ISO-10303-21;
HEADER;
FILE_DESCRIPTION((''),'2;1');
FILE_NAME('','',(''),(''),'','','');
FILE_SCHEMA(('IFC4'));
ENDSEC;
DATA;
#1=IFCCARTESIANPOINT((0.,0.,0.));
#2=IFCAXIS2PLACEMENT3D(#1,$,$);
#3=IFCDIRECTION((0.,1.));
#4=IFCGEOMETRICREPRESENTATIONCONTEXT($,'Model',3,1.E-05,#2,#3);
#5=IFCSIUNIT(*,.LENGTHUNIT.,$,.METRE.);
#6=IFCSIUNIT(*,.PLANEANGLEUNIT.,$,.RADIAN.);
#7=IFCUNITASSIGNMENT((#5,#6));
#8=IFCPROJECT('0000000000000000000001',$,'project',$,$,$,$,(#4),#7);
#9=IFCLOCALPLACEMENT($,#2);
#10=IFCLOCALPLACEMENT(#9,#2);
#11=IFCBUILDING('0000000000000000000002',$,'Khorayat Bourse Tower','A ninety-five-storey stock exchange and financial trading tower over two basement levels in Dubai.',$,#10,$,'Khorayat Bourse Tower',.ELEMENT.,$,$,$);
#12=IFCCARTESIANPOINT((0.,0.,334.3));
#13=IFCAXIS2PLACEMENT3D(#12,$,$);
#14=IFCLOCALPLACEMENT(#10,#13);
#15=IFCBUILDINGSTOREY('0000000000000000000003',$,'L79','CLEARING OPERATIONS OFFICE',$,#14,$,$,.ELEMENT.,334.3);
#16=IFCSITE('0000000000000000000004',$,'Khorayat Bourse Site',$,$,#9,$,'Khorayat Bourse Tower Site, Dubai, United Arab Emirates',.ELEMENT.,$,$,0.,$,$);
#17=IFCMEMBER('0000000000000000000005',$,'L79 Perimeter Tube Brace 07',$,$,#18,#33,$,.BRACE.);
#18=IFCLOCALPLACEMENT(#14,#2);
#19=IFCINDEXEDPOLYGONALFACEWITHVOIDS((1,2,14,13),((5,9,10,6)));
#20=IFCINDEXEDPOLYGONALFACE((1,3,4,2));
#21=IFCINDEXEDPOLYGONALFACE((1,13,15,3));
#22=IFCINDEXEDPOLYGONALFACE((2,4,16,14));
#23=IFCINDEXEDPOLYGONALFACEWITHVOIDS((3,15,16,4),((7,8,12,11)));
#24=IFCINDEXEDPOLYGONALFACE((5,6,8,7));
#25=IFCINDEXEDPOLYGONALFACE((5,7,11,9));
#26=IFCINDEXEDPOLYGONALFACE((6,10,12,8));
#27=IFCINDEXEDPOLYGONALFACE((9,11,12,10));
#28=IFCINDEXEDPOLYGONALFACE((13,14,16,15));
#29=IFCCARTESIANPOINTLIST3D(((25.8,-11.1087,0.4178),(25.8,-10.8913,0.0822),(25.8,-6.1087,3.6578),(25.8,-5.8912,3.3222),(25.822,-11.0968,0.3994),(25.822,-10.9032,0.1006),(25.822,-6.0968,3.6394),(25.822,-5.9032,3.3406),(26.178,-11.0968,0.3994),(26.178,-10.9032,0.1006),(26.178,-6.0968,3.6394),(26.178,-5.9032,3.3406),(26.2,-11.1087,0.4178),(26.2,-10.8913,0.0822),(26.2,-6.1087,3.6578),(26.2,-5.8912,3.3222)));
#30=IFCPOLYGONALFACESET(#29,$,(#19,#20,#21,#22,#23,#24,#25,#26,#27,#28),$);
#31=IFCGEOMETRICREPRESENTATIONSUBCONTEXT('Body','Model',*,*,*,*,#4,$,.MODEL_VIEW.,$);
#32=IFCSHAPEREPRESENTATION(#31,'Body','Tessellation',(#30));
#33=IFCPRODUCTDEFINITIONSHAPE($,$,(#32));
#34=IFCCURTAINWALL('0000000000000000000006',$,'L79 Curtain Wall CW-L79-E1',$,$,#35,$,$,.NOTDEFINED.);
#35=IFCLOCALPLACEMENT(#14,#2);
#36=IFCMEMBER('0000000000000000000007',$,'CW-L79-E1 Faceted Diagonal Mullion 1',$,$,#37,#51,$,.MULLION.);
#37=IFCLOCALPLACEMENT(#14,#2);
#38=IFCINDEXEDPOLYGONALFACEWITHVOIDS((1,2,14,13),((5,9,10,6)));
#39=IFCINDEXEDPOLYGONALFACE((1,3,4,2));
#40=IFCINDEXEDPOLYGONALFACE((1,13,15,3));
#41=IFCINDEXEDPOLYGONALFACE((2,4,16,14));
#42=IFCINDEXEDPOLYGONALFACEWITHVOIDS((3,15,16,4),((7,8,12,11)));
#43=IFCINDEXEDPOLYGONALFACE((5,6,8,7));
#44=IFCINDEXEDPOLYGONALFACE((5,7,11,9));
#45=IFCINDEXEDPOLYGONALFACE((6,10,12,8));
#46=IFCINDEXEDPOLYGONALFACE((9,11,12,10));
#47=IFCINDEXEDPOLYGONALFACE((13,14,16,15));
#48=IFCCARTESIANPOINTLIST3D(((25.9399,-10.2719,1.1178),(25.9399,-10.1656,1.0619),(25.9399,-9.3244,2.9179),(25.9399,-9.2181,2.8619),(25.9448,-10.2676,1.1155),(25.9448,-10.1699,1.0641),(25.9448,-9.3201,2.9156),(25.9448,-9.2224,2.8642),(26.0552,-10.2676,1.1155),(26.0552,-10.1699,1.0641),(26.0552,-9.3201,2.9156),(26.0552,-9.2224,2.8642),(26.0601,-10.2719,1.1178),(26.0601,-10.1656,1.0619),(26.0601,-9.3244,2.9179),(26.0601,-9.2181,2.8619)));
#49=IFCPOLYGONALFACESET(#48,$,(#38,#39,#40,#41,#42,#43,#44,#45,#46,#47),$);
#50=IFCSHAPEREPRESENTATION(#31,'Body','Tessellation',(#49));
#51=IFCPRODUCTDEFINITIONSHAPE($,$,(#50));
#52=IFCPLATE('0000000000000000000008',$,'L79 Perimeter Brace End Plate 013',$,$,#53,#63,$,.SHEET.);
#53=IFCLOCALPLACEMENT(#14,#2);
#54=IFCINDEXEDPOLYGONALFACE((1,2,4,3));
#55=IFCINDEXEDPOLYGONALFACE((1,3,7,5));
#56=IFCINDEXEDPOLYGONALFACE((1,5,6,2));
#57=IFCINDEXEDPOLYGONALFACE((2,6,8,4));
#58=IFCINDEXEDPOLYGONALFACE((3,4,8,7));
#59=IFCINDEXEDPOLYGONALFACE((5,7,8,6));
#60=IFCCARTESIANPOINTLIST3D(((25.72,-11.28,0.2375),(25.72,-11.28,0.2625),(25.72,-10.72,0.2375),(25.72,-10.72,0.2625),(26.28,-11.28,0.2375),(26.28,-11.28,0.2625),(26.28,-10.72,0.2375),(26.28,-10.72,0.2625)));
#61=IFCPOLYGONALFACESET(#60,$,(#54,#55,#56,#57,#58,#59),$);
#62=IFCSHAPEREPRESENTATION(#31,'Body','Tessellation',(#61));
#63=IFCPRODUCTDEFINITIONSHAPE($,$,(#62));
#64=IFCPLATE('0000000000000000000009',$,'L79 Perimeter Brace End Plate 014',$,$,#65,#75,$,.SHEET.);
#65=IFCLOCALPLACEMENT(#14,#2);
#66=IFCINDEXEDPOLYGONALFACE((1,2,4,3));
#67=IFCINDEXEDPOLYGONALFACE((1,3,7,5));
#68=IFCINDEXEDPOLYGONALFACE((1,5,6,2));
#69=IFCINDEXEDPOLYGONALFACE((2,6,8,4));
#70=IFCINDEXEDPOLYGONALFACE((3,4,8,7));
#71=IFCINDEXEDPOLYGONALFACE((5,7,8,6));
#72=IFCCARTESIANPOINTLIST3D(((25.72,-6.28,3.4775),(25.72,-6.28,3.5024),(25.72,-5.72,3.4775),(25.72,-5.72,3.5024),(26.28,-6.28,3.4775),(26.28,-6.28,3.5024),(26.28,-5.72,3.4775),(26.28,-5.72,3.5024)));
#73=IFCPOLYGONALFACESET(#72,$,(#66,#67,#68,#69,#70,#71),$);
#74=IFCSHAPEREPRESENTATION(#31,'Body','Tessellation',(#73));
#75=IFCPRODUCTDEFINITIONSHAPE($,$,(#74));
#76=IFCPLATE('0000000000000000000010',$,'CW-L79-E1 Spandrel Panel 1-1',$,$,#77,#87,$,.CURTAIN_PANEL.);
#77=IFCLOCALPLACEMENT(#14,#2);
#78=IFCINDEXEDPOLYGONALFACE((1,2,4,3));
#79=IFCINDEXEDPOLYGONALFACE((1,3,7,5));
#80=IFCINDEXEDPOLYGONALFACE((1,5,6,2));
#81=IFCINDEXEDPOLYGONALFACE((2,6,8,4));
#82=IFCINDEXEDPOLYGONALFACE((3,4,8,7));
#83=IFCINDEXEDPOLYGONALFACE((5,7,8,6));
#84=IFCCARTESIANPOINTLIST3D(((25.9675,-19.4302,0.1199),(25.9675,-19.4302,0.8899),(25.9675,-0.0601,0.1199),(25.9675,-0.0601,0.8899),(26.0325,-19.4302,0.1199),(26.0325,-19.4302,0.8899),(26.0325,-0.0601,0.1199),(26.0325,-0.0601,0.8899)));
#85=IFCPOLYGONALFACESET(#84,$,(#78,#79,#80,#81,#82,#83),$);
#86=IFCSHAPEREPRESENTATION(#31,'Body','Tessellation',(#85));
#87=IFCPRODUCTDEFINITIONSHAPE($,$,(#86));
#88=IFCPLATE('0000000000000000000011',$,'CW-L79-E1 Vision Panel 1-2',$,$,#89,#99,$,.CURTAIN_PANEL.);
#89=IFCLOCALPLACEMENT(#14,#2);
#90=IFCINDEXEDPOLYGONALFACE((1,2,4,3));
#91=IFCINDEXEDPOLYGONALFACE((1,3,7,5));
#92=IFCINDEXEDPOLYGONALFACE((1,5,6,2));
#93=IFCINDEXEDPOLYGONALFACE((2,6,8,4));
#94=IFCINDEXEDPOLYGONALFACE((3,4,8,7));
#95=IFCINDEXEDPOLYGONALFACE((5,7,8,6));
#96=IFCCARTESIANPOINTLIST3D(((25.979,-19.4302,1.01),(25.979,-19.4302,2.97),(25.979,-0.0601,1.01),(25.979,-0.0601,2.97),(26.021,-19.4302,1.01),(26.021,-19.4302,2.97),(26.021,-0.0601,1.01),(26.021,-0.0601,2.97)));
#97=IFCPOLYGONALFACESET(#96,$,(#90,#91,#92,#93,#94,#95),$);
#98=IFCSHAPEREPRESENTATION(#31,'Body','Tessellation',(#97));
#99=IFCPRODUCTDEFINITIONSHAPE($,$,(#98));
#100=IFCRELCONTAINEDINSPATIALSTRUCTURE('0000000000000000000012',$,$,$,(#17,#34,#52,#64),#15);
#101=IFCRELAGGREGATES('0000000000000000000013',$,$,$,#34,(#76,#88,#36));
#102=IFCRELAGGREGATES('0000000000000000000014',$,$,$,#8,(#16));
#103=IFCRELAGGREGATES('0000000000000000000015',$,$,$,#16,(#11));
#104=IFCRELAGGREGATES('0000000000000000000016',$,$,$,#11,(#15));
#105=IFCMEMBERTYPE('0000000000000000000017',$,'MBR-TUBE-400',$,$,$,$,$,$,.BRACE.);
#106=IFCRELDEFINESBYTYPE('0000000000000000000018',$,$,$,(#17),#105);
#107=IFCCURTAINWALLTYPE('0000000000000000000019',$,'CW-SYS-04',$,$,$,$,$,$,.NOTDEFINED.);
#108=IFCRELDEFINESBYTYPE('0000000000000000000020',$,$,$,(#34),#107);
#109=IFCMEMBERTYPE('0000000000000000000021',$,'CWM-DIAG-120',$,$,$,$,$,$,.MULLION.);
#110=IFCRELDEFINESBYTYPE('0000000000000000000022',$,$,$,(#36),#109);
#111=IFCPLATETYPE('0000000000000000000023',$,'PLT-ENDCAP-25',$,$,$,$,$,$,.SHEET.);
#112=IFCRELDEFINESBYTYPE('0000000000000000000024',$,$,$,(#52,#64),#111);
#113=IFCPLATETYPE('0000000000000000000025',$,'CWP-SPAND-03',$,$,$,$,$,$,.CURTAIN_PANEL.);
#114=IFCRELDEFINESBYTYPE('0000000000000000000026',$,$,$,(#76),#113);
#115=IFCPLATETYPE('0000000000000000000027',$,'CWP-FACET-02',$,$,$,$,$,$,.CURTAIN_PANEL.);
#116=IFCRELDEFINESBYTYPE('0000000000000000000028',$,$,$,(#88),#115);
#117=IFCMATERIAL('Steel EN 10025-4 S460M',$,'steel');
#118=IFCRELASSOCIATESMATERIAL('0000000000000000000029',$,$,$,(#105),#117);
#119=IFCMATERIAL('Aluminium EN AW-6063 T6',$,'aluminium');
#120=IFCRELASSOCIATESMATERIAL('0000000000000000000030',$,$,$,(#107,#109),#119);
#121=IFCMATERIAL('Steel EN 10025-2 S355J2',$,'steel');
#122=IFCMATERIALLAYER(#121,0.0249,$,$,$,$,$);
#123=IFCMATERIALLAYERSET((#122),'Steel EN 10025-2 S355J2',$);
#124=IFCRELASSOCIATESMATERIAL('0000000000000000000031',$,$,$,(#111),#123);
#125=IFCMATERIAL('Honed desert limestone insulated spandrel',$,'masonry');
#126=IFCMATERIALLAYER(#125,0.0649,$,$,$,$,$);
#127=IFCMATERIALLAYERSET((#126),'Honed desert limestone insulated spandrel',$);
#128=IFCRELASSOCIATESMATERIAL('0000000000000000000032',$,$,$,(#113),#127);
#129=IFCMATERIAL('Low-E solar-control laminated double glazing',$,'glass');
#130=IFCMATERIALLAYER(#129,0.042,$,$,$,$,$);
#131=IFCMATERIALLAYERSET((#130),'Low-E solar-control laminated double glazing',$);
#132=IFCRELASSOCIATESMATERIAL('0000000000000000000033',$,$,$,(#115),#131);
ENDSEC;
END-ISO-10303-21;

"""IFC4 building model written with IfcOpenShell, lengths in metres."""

from ifc_helpers import new_model, si_unit, direction, frame, origin, origin_2d, place, context, subcontext, project, spatial, rectangle, hollow_rectangle, extrude, source, transform, mapped, material, layer, layer_set, material_profile, profile_set, type_object, element, aggregate, save


model = new_model("IFC4")

# Units and contexts
model_context = context("Model", 3, precision=1e-05, world=origin(), true_north=direction((0.0, 1.0)))
body_context = subcontext(model_context, "Body", "Model", "MODEL_VIEW")
ifc_project = project(units=[si_unit("LENGTHUNIT", "METRE"), si_unit("PLANEANGLEUNIT", "RADIAN")], contexts=[model_context])

# Site, building, storey
site_placement = place(None, origin())
site = spatial("IfcSite", under=ifc_project, at=site_placement, Name="Khorayat Bourse Site", LongName="Khorayat Bourse Tower Site, Dubai, United Arab Emirates", CompositionType="ELEMENT", RefElevation=0.0)
building_placement = place(site_placement, origin())
building = spatial("IfcBuilding", under=site, at=building_placement, Name="Khorayat Bourse Tower", Description="A ninety-five-storey stock exchange and financial trading tower over two basement levels in Dubai.", LongName="Khorayat Bourse Tower", CompositionType="ELEMENT")
storey_placement = place(building_placement, frame((0.0, 0.0, 334.3)))
storey = spatial("IfcBuildingStorey", under=building, at=storey_placement, Name="L79", Description="CLEARING OPERATIONS OFFICE", CompositionType="ELEMENT", Elevation=334.3)

# Shared definitions
ifc_material_1 = material(Name="Steel EN 10025-2 S355J2", Category="steel")

# Member
ifc_material_2 = material(Name="Steel EN 10025-4 S460M", Category="steel")
ifc_material_profile_1 = material_profile(ifc_material_2, hollow_rectangle(XDim=0.3999, YDim=0.3999, WallThickness=0.022, at=origin_2d()), Name="HSS 400x400x22")
ifc_profile_set_1 = profile_set([ifc_material_profile_1], Name="Steel EN 10025-4 S460M")
member_type_1 = type_object("IfcMemberType", Name="MBR-TUBE-400", PredefinedType="BRACE", material=ifc_profile_set_1)
shared_shape_1 = source(origin(), body_context, "Body", "SweptSolid", [
    extrude(hollow_rectangle(XDim=0.3999, YDim=0.3999, WallThickness=0.022, at=origin_2d()), origin(), (0.0, 0.0, 1.0), 5.958),
])
member_1_placement = place(storey_placement, frame((26.0, -11.0, 0.25), z_axis=(0.0, 0.83921, 0.543807), x_axis=(-1.0, 0.0, 0.0)))
element("IfcMember", 1, at=member_1_placement, inside=storey, type_object=member_type_1, Name="L79 Perimeter Tube Brace 07", PredefinedType="BRACE", context=body_context, shape_type="MappedRepresentation", body=[
    mapped(shared_shape_1, transform((0.0, 0.0, 0.0), scale=1.0)),
])

# Curtain wall, member
ifc_material_3 = material(Name="Aluminium EN AW-6063 T6", Category="aluminium")
curtain_wall_type = type_object("IfcCurtainWallType", Name="CW-SYS-04", PredefinedType="NOTDEFINED", material=ifc_material_3)
curtain_wall_placement = place(storey_placement, origin())
curtain_wall = element("IfcCurtainWall", 2, at=curtain_wall_placement, inside=storey, type_object=curtain_wall_type, Name="L79 Curtain Wall CW-L79-E1", PredefinedType="NOTDEFINED")
ifc_material_profile_2 = material_profile(ifc_material_3, hollow_rectangle(XDim=0.1201, YDim=0.1201, WallThickness=0.0049, at=origin_2d()), Name="ALU 120x120x5")
ifc_profile_set_2 = profile_set([ifc_material_profile_2], Name="Aluminium EN AW-6063 T6")
member_type_2 = type_object("IfcMemberType", Name="CWM-DIAG-120", PredefinedType="MULLION", material=ifc_profile_set_2)
shared_shape_2 = source(origin(), body_context, "Body", "SweptSolid", [
    extrude(hollow_rectangle(XDim=0.1201, YDim=0.1201, WallThickness=0.0049, at=origin_2d()), origin(), (0.0, 0.0, 1.0), 2.0342),
])
member_2_placement = place(storey_placement, frame((26.0, -10.2188, 1.0898), z_axis=(0.0, 0.465791, 0.884895), x_axis=(-1.0, 0.0, 0.0)))
member_2 = element("IfcMember", 3, at=member_2_placement, type_object=member_type_2, Name="CW-L79-E1 Faceted Diagonal Mullion 1", PredefinedType="MULLION", context=body_context, shape_type="MappedRepresentation", body=[
    mapped(shared_shape_2, transform((0.0, 0.0, 0.0), scale=1.0)),
])

# Plates
ifc_layer_1 = layer(ifc_material_1, 0.0249)
ifc_layer_set_1 = layer_set([ifc_layer_1], Name="Steel EN 10025-2 S355J2")
plate_type_1 = type_object("IfcPlateType", Name="PLT-ENDCAP-25", PredefinedType="SHEET", material=ifc_layer_set_1)
shared_shape_3 = source(origin(), body_context, "Body", "SweptSolid", [
    extrude(rectangle(XDim=0.5601, YDim=0.5601, at=origin_2d()), origin(), (0.0, 0.0, 1.0), 0.0249),
])
for number, where, z_axis, x_axis, name in (
    (4, (26.0, -11.0, 0.2375), (0.0, 0.0, 1.0), (1.0, 0.0, 0.0), "L79 Perimeter Brace End Plate 013"),
    (5, (26.0, -6.0, 3.4775), (0.0, 0.0, 1.0), (1.0, 0.0, 0.0), "L79 Perimeter Brace End Plate 014"),
):
    element("IfcPlate", number, at=place(storey_placement, frame(where, z_axis=z_axis, x_axis=x_axis)), inside=storey, type_object=plate_type_1, Name=name, PredefinedType="SHEET", context=body_context, shape_type="MappedRepresentation", body=[
        mapped(shared_shape_3, transform((0.0, 0.0, 0.0), scale=1.0)),
    ])

# Plates
ifc_material_4 = material(Name="Honed desert limestone insulated spandrel", Category="masonry")
ifc_layer_2 = layer(ifc_material_4, 0.0649)
ifc_layer_set_2 = layer_set([ifc_layer_2], Name="Honed desert limestone insulated spandrel")
plate_type_2 = type_object("IfcPlateType", Name="CWP-SPAND-03", PredefinedType="CURTAIN_PANEL", material=ifc_layer_set_2)
shared_shape_4 = source(origin(), body_context, "Body", "SweptSolid", [
    extrude(rectangle(XDim=19.3701, YDim=0.0649, at=origin_2d()), origin(), (0.0, 0.0, 1.0), 0.77),
])
plate_1_placement = place(storey_placement, frame((26.0, -9.7451, 0.1199), z_axis=(0.0, 0.0, 1.0), x_axis=(0.0, 1.0, 0.0)))
plate_1 = element("IfcPlate", 6, at=plate_1_placement, type_object=plate_type_2, Name="CW-L79-E1 Spandrel Panel 1-1", PredefinedType="CURTAIN_PANEL", context=body_context, shape_type="MappedRepresentation", body=[
    mapped(shared_shape_4, transform((0.0, 0.0, 0.0), scale=1.0)),
])
ifc_material_5 = material(Name="Low-E solar-control laminated double glazing", Category="glass")
ifc_layer_3 = layer(ifc_material_5, 0.042)
ifc_layer_set_3 = layer_set([ifc_layer_3], Name="Low-E solar-control laminated double glazing")
plate_type_3 = type_object("IfcPlateType", Name="CWP-FACET-02", PredefinedType="CURTAIN_PANEL", material=ifc_layer_set_3)
shared_shape_5 = source(origin(), body_context, "Body", "SweptSolid", [
    extrude(rectangle(XDim=19.3701, YDim=0.042, at=origin_2d()), origin(), (0.0, 0.0, 1.0), 1.96),
])
plate_2_placement = place(storey_placement, frame((26.0, -9.7451, 1.01), z_axis=(0.0, 0.0, 1.0), x_axis=(0.0, 1.0, 0.0)))
plate_2 = element("IfcPlate", 7, at=plate_2_placement, type_object=plate_type_3, Name="CW-L79-E1 Vision Panel 1-2", PredefinedType="CURTAIN_PANEL", context=body_context, shape_type="MappedRepresentation", body=[
    mapped(shared_shape_5, transform((0.0, 0.0, 0.0), scale=1.0)),
])
aggregate(curtain_wall, [plate_1, plate_2, member_2])

save(model, "model.ifc")
